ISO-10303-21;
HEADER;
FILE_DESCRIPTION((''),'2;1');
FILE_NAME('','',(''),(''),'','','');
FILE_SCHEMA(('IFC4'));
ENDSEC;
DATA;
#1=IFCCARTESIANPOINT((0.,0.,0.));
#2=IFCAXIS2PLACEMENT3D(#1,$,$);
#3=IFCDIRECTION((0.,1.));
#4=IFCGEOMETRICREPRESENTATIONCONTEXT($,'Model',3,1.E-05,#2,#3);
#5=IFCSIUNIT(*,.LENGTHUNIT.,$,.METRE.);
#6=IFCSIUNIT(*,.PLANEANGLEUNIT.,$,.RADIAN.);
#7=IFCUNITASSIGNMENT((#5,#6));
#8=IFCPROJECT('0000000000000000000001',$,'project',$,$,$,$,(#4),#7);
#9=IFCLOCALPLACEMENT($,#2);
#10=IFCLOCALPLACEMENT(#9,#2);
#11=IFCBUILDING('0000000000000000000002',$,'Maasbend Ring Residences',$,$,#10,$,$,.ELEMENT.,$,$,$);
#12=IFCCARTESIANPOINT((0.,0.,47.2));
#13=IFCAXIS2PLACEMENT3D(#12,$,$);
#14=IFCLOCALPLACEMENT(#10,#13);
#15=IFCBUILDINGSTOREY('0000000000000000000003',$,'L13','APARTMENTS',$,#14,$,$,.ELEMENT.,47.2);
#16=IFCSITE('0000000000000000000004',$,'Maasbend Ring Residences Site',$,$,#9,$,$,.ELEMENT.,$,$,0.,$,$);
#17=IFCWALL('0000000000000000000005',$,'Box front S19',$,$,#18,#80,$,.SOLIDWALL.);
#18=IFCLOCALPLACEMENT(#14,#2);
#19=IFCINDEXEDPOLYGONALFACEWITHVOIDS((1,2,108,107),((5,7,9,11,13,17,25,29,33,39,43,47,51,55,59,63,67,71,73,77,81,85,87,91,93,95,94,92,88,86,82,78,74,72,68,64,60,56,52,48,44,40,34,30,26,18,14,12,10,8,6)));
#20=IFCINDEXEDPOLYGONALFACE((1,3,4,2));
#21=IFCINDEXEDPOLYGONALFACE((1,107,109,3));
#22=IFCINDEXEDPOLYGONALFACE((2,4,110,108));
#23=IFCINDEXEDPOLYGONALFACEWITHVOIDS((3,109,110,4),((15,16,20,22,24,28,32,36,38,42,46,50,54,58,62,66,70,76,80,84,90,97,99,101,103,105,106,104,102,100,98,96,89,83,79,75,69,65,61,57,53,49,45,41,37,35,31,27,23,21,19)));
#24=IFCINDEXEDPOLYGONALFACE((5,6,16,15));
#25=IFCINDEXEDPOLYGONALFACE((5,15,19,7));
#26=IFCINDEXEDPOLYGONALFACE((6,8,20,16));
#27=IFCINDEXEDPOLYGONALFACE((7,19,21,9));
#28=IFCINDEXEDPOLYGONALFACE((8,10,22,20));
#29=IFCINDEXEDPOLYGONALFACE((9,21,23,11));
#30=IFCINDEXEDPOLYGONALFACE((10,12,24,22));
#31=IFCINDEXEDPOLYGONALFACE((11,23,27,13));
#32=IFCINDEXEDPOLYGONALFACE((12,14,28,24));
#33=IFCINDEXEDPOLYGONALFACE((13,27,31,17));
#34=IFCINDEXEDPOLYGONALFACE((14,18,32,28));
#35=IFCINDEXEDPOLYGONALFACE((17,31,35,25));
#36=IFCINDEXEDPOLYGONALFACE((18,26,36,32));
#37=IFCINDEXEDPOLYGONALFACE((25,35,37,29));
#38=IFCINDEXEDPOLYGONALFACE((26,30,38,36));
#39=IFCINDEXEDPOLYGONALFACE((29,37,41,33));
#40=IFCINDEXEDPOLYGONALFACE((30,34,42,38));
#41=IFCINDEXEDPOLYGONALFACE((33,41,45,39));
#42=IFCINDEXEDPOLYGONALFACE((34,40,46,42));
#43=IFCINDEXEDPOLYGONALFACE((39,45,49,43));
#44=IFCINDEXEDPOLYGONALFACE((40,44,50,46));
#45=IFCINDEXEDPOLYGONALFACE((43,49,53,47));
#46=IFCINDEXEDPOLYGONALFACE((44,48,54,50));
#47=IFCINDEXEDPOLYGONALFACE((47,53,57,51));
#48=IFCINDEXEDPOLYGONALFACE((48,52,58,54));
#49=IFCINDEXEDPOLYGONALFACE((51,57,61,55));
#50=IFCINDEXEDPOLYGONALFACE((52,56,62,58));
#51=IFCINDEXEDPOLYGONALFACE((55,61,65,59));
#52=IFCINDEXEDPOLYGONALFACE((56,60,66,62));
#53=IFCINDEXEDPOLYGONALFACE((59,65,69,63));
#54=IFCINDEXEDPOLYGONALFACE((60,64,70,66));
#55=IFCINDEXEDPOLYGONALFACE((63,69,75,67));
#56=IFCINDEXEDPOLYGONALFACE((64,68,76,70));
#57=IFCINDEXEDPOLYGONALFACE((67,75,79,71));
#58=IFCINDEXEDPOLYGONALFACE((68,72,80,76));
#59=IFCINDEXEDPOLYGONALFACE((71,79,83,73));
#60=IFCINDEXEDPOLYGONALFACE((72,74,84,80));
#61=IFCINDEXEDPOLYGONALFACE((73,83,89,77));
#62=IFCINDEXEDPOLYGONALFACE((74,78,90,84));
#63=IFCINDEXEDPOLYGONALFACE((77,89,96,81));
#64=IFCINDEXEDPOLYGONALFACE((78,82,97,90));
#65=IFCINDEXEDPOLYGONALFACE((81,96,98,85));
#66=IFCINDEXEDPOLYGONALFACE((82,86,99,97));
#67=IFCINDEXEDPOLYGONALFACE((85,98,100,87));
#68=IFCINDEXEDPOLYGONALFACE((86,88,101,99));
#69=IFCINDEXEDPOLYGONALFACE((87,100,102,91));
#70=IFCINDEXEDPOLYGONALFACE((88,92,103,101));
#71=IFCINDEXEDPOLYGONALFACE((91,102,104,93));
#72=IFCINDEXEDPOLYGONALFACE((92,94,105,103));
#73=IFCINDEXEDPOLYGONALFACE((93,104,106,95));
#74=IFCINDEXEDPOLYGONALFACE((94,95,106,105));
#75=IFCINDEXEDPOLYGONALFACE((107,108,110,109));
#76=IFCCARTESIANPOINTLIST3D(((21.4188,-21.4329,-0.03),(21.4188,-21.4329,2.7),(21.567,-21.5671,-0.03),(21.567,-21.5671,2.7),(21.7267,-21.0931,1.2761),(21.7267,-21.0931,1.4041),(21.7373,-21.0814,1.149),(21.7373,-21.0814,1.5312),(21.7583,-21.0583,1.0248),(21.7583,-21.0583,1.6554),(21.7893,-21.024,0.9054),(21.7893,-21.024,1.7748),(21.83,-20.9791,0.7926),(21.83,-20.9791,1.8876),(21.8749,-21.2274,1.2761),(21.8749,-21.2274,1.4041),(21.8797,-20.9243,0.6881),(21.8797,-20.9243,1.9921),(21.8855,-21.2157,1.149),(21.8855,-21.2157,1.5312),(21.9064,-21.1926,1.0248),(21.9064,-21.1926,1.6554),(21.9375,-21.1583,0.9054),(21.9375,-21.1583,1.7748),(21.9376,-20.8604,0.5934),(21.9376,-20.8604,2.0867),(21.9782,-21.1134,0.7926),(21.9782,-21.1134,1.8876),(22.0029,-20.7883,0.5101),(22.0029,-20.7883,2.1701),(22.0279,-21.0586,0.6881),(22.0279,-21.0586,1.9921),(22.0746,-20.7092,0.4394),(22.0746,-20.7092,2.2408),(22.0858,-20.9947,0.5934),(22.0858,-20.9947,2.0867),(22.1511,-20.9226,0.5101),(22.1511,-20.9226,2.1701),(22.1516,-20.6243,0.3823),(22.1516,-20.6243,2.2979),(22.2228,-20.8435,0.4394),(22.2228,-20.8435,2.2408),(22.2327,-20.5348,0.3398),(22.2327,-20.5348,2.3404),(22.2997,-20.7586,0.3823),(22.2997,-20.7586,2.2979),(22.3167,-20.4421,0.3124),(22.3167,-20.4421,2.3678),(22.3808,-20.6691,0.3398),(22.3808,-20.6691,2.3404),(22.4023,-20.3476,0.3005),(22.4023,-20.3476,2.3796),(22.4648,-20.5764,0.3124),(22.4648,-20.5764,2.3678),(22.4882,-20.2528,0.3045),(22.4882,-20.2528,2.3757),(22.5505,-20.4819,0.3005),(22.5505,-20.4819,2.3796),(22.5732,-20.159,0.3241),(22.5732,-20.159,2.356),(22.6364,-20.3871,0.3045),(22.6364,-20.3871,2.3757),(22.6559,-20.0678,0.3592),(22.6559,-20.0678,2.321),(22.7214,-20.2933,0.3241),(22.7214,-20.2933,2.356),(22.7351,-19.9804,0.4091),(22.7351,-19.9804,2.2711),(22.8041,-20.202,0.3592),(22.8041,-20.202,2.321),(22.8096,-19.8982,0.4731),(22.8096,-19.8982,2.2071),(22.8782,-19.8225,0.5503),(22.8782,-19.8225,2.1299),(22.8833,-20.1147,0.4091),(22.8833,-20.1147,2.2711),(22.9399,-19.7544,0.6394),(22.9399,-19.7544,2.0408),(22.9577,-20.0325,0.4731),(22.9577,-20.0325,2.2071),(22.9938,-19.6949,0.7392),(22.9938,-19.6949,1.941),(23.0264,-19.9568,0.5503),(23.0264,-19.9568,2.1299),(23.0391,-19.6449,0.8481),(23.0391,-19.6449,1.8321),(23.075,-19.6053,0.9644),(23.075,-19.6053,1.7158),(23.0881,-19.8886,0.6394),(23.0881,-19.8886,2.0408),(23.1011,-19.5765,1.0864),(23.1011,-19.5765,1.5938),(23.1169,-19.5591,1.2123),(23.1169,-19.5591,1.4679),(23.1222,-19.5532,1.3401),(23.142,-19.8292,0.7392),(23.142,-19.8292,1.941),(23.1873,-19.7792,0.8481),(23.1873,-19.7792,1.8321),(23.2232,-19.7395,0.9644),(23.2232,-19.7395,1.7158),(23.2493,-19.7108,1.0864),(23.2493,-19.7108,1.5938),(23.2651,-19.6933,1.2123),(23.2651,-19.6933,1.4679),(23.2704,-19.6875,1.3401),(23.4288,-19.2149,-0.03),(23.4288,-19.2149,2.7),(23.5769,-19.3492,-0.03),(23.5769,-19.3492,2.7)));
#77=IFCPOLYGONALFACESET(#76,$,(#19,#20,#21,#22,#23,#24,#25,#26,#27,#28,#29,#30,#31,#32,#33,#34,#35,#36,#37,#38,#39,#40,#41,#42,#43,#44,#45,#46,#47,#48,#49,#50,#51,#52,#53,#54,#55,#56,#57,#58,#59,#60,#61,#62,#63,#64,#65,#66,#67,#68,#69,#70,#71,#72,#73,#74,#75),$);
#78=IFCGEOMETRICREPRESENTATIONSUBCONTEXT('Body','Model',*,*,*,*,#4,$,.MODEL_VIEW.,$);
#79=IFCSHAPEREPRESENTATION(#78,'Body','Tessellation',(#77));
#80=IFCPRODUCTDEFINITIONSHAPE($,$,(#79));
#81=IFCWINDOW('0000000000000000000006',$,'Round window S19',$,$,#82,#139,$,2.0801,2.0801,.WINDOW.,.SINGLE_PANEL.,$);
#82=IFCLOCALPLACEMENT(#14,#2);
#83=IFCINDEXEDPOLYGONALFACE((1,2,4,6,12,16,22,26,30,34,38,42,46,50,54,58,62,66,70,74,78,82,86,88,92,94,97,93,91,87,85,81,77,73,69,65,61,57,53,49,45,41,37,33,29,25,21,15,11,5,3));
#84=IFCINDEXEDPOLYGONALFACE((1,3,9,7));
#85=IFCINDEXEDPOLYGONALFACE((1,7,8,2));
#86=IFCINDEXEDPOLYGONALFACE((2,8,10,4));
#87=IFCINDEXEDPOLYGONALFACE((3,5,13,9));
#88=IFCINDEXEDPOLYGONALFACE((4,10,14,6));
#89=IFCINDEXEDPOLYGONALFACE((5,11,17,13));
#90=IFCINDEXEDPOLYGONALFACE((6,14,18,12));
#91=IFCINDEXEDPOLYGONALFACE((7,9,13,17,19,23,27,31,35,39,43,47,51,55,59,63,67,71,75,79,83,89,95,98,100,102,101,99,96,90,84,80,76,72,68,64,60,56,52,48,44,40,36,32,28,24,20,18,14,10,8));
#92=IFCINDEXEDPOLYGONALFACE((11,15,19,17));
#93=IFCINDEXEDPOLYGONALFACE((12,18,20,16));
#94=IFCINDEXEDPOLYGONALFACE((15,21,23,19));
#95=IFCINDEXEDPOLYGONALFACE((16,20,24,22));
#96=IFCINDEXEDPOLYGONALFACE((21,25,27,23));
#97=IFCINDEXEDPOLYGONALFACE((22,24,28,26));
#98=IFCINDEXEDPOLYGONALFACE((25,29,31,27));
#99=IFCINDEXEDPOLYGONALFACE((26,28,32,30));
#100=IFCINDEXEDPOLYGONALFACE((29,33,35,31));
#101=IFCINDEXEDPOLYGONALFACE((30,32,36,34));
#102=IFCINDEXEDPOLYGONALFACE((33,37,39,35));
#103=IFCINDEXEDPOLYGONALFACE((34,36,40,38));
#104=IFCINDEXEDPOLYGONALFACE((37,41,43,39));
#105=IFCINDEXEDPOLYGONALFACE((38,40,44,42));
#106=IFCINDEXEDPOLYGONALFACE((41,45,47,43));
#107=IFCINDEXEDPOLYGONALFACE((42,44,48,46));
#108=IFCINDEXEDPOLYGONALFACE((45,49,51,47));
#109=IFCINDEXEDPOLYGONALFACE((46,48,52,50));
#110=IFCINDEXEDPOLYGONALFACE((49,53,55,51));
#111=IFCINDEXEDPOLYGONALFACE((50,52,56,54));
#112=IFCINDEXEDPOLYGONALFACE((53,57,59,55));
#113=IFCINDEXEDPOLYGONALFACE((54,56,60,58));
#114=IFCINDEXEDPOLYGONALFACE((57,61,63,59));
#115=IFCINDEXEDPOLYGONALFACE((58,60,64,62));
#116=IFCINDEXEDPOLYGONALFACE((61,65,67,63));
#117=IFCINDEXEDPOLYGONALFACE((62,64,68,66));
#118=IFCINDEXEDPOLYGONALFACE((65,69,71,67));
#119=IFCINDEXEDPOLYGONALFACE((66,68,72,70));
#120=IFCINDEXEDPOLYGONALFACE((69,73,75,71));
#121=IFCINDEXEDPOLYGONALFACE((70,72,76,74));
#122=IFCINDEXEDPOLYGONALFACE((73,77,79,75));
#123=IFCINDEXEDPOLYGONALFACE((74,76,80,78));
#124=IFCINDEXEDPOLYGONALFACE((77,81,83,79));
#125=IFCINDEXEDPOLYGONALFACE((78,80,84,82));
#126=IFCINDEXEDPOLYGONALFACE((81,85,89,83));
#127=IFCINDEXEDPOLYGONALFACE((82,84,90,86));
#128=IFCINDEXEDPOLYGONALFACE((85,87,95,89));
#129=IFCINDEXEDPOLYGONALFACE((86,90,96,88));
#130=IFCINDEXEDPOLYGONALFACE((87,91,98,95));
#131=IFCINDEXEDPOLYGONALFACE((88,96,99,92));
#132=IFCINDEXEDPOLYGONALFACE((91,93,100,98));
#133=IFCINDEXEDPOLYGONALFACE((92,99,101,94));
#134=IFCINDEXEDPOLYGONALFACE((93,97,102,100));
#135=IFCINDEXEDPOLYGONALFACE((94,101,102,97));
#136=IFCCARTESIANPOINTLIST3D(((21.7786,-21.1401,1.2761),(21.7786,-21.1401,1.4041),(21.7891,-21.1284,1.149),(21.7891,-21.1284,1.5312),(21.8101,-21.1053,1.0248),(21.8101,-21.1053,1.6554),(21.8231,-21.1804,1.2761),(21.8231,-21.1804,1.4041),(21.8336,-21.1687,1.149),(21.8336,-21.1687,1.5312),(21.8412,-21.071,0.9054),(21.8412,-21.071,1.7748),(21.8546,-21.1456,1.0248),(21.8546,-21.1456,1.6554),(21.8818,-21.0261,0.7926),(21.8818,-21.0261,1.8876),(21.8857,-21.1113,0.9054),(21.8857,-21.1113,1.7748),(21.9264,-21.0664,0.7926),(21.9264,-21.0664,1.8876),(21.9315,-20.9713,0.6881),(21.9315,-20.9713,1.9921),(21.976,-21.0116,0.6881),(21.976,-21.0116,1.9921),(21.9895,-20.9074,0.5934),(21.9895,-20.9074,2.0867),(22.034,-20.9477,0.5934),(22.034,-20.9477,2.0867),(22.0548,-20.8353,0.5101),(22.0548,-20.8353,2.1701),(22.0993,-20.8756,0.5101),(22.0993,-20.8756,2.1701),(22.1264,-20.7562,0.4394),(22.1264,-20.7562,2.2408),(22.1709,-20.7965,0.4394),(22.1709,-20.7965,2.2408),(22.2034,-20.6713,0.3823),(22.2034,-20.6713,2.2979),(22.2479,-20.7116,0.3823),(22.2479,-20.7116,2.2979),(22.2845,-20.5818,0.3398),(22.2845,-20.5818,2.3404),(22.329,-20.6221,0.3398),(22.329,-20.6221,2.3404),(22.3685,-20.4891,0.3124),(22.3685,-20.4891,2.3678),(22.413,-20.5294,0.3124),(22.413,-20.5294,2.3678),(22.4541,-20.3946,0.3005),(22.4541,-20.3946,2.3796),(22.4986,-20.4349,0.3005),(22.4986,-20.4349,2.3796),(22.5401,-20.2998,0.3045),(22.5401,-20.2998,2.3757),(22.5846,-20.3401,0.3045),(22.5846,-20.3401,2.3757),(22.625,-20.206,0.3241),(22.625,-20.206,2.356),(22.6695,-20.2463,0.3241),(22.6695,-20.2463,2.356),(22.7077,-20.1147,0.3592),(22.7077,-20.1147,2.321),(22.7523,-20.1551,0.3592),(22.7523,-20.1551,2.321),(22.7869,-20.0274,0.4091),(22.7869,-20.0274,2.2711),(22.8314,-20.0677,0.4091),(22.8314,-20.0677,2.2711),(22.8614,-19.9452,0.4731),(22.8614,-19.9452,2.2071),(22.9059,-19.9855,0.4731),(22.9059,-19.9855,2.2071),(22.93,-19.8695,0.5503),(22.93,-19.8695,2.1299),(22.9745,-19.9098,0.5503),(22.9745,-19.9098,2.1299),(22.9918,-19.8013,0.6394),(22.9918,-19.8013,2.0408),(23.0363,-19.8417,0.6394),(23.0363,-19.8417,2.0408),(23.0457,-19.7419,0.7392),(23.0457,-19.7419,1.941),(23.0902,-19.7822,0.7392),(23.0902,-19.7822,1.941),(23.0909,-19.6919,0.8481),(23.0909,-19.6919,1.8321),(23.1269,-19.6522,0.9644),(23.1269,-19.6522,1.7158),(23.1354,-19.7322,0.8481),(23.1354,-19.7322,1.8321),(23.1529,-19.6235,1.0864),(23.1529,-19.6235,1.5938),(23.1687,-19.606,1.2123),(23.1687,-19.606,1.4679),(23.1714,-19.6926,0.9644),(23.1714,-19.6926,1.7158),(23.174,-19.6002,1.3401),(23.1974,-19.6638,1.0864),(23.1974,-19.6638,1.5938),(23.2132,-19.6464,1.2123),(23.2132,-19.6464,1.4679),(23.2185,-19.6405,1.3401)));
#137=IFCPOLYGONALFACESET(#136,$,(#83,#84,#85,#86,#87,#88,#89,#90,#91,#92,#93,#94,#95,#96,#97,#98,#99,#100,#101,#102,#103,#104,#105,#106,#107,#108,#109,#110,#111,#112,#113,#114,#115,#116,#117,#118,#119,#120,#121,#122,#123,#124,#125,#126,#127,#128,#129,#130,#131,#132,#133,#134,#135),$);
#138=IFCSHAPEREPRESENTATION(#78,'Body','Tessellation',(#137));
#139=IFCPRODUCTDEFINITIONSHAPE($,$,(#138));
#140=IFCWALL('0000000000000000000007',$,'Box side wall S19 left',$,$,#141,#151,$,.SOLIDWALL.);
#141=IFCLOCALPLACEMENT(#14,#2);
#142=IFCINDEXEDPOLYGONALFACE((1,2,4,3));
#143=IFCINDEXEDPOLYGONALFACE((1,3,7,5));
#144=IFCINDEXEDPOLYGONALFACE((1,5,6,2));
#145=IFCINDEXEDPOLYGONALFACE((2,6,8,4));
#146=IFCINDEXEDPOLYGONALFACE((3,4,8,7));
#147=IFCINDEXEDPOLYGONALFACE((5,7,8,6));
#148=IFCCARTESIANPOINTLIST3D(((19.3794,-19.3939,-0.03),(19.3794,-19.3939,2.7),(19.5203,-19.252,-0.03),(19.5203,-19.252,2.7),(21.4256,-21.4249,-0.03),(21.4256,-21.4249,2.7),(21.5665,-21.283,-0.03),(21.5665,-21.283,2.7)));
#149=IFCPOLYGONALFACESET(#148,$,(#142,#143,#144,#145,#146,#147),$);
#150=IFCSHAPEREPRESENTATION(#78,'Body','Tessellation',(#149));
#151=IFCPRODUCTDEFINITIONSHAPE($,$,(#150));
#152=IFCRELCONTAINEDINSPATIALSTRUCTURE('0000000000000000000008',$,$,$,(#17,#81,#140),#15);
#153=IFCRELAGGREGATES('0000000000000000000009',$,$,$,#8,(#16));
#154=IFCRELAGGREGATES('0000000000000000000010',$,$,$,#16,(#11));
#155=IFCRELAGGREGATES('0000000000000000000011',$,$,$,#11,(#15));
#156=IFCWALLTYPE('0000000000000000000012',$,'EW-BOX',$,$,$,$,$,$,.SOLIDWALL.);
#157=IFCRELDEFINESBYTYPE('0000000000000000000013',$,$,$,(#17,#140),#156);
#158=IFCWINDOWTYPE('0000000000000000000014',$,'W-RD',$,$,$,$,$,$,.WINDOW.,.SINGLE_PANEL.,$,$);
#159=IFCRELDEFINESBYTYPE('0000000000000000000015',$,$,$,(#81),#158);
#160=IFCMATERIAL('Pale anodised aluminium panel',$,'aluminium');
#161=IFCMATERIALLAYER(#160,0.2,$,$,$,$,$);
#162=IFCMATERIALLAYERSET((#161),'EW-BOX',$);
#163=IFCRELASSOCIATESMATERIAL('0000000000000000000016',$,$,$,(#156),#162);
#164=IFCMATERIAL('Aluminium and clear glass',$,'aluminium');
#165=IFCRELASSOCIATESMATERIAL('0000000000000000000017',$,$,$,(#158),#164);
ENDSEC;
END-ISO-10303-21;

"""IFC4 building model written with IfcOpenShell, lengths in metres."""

from ifc_helpers import new_model, si_unit, direction, frame, frame_2d, origin, place, context, subcontext, project, spatial, rectangle, circle, extrude, material, layer, layer_set, type_object, element, fill, save


model = new_model("IFC4")

# Units and contexts
model_context = context("Model", 3, precision=1e-05, world=origin(), true_north=direction((0.0, 1.0)))
body_context = subcontext(model_context, "Body", "Model", "MODEL_VIEW")
ifc_project = project(units=[si_unit("LENGTHUNIT", "METRE"), si_unit("PLANEANGLEUNIT", "RADIAN")], contexts=[model_context])

# Site, building, storey
site_placement = place(None, origin())
site = spatial("IfcSite", under=ifc_project, at=site_placement, Name="Maasbend Ring Residences Site", CompositionType="ELEMENT", RefElevation=0.0)
building_placement = place(site_placement, origin())
building = spatial("IfcBuilding", under=site, at=building_placement, Name="Maasbend Ring Residences", CompositionType="ELEMENT")
storey_placement = place(building_placement, frame((0.0, 0.0, 47.2)))
storey = spatial("IfcBuildingStorey", under=building, at=storey_placement, Name="L13", Description="APARTMENTS", CompositionType="ELEMENT", Elevation=47.2)

# Shared definitions
ifc_material_1 = material(Name="Pale anodised aluminium panel", Category="aluminium")
ifc_layer_1 = layer(ifc_material_1, 0.2)
ifc_layer_set_1 = layer_set([ifc_layer_1], Name="EW-BOX")
wall_type_1 = type_object("IfcWallType", Name="EW-BOX", PredefinedType="SOLIDWALL", material=ifc_layer_set_1)
ifc_material_2 = material(Name="Aluminium and clear glass", Category="aluminium")
window_type_1 = type_object("IfcWindowType", Name="W-RD", PartitioningType="SINGLE_PANEL", PredefinedType="WINDOW", material=ifc_material_2)

# Wall, opening, window
wall_1_placement = place(storey_placement, frame((21.4929, -21.5, -0.03), z_axis=(0.0, 0.0, 1.0), x_axis=(0.671507, 0.740998, 0.0)))
wall_1 = element("IfcWall", 1, at=wall_1_placement, inside=storey, type_object=wall_type_1, Name="Box front S19", PredefinedType="SOLIDWALL", context=body_context, shape_type="SweptSolid", body=[
    extrude(rectangle(XDim=2.9932, YDim=0.2, at=frame_2d((1.4966, 0.0))), origin(), (0.0, 0.0, 1.0), 2.73),
])
opening_1_placement = place(wall_1_placement, frame((0.4565, 0.0, 0.3301)))
opening_1 = element("IfcOpeningElement", 2, at=opening_1_placement, cuts=wall_1, PredefinedType="OPENING", context=body_context, shape_type="SweptSolid", body=[
    extrude(circle(Radius=1.04, at=frame_2d((1.04, 1.04))), frame((0.0, 0.1099, 0.0), z_axis=(0.0, -1.0, 0.0), x_axis=(1.0, 0.0, 0.0)), (0.0, 0.0, 1.0), 0.22),
])
window_1_placement = place(opening_1_placement, origin())
window_1 = element("IfcWindow", 3, at=window_1_placement, inside=storey, type_object=window_type_1, Name="Round window S19", OverallHeight=2.0801, OverallWidth=2.0801, PartitioningType="SINGLE_PANEL", PredefinedType="WINDOW", context=body_context, shape_type="SweptSolid", body=[
    extrude(circle(Radius=1.04, at=frame_2d((1.04, 1.04))), frame((0.0, 0.03, 0.0), z_axis=(0.0, -1.0, 0.0), x_axis=(1.0, 0.0, 0.0)), (0.0, 0.0, 1.0), 0.0601),
])
fill(opening_1, window_1)

# Wall
wall_2_placement = place(storey_placement, frame((19.45, -19.323, -0.03), z_axis=(0.0, 0.0, 1.0), x_axis=(0.709727, -0.704477, 0.0)))
element("IfcWall", 4, at=wall_2_placement, inside=storey, type_object=wall_type_1, Name="Box side wall S19 left", PredefinedType="SOLIDWALL", context=body_context, shape_type="SweptSolid", body=[
    extrude(rectangle(XDim=2.8831, YDim=0.2, at=frame_2d((1.4414, 0.0))), origin(), (0.0, 0.0, 1.0), 2.73),
])

save(model, "model.ifc")
